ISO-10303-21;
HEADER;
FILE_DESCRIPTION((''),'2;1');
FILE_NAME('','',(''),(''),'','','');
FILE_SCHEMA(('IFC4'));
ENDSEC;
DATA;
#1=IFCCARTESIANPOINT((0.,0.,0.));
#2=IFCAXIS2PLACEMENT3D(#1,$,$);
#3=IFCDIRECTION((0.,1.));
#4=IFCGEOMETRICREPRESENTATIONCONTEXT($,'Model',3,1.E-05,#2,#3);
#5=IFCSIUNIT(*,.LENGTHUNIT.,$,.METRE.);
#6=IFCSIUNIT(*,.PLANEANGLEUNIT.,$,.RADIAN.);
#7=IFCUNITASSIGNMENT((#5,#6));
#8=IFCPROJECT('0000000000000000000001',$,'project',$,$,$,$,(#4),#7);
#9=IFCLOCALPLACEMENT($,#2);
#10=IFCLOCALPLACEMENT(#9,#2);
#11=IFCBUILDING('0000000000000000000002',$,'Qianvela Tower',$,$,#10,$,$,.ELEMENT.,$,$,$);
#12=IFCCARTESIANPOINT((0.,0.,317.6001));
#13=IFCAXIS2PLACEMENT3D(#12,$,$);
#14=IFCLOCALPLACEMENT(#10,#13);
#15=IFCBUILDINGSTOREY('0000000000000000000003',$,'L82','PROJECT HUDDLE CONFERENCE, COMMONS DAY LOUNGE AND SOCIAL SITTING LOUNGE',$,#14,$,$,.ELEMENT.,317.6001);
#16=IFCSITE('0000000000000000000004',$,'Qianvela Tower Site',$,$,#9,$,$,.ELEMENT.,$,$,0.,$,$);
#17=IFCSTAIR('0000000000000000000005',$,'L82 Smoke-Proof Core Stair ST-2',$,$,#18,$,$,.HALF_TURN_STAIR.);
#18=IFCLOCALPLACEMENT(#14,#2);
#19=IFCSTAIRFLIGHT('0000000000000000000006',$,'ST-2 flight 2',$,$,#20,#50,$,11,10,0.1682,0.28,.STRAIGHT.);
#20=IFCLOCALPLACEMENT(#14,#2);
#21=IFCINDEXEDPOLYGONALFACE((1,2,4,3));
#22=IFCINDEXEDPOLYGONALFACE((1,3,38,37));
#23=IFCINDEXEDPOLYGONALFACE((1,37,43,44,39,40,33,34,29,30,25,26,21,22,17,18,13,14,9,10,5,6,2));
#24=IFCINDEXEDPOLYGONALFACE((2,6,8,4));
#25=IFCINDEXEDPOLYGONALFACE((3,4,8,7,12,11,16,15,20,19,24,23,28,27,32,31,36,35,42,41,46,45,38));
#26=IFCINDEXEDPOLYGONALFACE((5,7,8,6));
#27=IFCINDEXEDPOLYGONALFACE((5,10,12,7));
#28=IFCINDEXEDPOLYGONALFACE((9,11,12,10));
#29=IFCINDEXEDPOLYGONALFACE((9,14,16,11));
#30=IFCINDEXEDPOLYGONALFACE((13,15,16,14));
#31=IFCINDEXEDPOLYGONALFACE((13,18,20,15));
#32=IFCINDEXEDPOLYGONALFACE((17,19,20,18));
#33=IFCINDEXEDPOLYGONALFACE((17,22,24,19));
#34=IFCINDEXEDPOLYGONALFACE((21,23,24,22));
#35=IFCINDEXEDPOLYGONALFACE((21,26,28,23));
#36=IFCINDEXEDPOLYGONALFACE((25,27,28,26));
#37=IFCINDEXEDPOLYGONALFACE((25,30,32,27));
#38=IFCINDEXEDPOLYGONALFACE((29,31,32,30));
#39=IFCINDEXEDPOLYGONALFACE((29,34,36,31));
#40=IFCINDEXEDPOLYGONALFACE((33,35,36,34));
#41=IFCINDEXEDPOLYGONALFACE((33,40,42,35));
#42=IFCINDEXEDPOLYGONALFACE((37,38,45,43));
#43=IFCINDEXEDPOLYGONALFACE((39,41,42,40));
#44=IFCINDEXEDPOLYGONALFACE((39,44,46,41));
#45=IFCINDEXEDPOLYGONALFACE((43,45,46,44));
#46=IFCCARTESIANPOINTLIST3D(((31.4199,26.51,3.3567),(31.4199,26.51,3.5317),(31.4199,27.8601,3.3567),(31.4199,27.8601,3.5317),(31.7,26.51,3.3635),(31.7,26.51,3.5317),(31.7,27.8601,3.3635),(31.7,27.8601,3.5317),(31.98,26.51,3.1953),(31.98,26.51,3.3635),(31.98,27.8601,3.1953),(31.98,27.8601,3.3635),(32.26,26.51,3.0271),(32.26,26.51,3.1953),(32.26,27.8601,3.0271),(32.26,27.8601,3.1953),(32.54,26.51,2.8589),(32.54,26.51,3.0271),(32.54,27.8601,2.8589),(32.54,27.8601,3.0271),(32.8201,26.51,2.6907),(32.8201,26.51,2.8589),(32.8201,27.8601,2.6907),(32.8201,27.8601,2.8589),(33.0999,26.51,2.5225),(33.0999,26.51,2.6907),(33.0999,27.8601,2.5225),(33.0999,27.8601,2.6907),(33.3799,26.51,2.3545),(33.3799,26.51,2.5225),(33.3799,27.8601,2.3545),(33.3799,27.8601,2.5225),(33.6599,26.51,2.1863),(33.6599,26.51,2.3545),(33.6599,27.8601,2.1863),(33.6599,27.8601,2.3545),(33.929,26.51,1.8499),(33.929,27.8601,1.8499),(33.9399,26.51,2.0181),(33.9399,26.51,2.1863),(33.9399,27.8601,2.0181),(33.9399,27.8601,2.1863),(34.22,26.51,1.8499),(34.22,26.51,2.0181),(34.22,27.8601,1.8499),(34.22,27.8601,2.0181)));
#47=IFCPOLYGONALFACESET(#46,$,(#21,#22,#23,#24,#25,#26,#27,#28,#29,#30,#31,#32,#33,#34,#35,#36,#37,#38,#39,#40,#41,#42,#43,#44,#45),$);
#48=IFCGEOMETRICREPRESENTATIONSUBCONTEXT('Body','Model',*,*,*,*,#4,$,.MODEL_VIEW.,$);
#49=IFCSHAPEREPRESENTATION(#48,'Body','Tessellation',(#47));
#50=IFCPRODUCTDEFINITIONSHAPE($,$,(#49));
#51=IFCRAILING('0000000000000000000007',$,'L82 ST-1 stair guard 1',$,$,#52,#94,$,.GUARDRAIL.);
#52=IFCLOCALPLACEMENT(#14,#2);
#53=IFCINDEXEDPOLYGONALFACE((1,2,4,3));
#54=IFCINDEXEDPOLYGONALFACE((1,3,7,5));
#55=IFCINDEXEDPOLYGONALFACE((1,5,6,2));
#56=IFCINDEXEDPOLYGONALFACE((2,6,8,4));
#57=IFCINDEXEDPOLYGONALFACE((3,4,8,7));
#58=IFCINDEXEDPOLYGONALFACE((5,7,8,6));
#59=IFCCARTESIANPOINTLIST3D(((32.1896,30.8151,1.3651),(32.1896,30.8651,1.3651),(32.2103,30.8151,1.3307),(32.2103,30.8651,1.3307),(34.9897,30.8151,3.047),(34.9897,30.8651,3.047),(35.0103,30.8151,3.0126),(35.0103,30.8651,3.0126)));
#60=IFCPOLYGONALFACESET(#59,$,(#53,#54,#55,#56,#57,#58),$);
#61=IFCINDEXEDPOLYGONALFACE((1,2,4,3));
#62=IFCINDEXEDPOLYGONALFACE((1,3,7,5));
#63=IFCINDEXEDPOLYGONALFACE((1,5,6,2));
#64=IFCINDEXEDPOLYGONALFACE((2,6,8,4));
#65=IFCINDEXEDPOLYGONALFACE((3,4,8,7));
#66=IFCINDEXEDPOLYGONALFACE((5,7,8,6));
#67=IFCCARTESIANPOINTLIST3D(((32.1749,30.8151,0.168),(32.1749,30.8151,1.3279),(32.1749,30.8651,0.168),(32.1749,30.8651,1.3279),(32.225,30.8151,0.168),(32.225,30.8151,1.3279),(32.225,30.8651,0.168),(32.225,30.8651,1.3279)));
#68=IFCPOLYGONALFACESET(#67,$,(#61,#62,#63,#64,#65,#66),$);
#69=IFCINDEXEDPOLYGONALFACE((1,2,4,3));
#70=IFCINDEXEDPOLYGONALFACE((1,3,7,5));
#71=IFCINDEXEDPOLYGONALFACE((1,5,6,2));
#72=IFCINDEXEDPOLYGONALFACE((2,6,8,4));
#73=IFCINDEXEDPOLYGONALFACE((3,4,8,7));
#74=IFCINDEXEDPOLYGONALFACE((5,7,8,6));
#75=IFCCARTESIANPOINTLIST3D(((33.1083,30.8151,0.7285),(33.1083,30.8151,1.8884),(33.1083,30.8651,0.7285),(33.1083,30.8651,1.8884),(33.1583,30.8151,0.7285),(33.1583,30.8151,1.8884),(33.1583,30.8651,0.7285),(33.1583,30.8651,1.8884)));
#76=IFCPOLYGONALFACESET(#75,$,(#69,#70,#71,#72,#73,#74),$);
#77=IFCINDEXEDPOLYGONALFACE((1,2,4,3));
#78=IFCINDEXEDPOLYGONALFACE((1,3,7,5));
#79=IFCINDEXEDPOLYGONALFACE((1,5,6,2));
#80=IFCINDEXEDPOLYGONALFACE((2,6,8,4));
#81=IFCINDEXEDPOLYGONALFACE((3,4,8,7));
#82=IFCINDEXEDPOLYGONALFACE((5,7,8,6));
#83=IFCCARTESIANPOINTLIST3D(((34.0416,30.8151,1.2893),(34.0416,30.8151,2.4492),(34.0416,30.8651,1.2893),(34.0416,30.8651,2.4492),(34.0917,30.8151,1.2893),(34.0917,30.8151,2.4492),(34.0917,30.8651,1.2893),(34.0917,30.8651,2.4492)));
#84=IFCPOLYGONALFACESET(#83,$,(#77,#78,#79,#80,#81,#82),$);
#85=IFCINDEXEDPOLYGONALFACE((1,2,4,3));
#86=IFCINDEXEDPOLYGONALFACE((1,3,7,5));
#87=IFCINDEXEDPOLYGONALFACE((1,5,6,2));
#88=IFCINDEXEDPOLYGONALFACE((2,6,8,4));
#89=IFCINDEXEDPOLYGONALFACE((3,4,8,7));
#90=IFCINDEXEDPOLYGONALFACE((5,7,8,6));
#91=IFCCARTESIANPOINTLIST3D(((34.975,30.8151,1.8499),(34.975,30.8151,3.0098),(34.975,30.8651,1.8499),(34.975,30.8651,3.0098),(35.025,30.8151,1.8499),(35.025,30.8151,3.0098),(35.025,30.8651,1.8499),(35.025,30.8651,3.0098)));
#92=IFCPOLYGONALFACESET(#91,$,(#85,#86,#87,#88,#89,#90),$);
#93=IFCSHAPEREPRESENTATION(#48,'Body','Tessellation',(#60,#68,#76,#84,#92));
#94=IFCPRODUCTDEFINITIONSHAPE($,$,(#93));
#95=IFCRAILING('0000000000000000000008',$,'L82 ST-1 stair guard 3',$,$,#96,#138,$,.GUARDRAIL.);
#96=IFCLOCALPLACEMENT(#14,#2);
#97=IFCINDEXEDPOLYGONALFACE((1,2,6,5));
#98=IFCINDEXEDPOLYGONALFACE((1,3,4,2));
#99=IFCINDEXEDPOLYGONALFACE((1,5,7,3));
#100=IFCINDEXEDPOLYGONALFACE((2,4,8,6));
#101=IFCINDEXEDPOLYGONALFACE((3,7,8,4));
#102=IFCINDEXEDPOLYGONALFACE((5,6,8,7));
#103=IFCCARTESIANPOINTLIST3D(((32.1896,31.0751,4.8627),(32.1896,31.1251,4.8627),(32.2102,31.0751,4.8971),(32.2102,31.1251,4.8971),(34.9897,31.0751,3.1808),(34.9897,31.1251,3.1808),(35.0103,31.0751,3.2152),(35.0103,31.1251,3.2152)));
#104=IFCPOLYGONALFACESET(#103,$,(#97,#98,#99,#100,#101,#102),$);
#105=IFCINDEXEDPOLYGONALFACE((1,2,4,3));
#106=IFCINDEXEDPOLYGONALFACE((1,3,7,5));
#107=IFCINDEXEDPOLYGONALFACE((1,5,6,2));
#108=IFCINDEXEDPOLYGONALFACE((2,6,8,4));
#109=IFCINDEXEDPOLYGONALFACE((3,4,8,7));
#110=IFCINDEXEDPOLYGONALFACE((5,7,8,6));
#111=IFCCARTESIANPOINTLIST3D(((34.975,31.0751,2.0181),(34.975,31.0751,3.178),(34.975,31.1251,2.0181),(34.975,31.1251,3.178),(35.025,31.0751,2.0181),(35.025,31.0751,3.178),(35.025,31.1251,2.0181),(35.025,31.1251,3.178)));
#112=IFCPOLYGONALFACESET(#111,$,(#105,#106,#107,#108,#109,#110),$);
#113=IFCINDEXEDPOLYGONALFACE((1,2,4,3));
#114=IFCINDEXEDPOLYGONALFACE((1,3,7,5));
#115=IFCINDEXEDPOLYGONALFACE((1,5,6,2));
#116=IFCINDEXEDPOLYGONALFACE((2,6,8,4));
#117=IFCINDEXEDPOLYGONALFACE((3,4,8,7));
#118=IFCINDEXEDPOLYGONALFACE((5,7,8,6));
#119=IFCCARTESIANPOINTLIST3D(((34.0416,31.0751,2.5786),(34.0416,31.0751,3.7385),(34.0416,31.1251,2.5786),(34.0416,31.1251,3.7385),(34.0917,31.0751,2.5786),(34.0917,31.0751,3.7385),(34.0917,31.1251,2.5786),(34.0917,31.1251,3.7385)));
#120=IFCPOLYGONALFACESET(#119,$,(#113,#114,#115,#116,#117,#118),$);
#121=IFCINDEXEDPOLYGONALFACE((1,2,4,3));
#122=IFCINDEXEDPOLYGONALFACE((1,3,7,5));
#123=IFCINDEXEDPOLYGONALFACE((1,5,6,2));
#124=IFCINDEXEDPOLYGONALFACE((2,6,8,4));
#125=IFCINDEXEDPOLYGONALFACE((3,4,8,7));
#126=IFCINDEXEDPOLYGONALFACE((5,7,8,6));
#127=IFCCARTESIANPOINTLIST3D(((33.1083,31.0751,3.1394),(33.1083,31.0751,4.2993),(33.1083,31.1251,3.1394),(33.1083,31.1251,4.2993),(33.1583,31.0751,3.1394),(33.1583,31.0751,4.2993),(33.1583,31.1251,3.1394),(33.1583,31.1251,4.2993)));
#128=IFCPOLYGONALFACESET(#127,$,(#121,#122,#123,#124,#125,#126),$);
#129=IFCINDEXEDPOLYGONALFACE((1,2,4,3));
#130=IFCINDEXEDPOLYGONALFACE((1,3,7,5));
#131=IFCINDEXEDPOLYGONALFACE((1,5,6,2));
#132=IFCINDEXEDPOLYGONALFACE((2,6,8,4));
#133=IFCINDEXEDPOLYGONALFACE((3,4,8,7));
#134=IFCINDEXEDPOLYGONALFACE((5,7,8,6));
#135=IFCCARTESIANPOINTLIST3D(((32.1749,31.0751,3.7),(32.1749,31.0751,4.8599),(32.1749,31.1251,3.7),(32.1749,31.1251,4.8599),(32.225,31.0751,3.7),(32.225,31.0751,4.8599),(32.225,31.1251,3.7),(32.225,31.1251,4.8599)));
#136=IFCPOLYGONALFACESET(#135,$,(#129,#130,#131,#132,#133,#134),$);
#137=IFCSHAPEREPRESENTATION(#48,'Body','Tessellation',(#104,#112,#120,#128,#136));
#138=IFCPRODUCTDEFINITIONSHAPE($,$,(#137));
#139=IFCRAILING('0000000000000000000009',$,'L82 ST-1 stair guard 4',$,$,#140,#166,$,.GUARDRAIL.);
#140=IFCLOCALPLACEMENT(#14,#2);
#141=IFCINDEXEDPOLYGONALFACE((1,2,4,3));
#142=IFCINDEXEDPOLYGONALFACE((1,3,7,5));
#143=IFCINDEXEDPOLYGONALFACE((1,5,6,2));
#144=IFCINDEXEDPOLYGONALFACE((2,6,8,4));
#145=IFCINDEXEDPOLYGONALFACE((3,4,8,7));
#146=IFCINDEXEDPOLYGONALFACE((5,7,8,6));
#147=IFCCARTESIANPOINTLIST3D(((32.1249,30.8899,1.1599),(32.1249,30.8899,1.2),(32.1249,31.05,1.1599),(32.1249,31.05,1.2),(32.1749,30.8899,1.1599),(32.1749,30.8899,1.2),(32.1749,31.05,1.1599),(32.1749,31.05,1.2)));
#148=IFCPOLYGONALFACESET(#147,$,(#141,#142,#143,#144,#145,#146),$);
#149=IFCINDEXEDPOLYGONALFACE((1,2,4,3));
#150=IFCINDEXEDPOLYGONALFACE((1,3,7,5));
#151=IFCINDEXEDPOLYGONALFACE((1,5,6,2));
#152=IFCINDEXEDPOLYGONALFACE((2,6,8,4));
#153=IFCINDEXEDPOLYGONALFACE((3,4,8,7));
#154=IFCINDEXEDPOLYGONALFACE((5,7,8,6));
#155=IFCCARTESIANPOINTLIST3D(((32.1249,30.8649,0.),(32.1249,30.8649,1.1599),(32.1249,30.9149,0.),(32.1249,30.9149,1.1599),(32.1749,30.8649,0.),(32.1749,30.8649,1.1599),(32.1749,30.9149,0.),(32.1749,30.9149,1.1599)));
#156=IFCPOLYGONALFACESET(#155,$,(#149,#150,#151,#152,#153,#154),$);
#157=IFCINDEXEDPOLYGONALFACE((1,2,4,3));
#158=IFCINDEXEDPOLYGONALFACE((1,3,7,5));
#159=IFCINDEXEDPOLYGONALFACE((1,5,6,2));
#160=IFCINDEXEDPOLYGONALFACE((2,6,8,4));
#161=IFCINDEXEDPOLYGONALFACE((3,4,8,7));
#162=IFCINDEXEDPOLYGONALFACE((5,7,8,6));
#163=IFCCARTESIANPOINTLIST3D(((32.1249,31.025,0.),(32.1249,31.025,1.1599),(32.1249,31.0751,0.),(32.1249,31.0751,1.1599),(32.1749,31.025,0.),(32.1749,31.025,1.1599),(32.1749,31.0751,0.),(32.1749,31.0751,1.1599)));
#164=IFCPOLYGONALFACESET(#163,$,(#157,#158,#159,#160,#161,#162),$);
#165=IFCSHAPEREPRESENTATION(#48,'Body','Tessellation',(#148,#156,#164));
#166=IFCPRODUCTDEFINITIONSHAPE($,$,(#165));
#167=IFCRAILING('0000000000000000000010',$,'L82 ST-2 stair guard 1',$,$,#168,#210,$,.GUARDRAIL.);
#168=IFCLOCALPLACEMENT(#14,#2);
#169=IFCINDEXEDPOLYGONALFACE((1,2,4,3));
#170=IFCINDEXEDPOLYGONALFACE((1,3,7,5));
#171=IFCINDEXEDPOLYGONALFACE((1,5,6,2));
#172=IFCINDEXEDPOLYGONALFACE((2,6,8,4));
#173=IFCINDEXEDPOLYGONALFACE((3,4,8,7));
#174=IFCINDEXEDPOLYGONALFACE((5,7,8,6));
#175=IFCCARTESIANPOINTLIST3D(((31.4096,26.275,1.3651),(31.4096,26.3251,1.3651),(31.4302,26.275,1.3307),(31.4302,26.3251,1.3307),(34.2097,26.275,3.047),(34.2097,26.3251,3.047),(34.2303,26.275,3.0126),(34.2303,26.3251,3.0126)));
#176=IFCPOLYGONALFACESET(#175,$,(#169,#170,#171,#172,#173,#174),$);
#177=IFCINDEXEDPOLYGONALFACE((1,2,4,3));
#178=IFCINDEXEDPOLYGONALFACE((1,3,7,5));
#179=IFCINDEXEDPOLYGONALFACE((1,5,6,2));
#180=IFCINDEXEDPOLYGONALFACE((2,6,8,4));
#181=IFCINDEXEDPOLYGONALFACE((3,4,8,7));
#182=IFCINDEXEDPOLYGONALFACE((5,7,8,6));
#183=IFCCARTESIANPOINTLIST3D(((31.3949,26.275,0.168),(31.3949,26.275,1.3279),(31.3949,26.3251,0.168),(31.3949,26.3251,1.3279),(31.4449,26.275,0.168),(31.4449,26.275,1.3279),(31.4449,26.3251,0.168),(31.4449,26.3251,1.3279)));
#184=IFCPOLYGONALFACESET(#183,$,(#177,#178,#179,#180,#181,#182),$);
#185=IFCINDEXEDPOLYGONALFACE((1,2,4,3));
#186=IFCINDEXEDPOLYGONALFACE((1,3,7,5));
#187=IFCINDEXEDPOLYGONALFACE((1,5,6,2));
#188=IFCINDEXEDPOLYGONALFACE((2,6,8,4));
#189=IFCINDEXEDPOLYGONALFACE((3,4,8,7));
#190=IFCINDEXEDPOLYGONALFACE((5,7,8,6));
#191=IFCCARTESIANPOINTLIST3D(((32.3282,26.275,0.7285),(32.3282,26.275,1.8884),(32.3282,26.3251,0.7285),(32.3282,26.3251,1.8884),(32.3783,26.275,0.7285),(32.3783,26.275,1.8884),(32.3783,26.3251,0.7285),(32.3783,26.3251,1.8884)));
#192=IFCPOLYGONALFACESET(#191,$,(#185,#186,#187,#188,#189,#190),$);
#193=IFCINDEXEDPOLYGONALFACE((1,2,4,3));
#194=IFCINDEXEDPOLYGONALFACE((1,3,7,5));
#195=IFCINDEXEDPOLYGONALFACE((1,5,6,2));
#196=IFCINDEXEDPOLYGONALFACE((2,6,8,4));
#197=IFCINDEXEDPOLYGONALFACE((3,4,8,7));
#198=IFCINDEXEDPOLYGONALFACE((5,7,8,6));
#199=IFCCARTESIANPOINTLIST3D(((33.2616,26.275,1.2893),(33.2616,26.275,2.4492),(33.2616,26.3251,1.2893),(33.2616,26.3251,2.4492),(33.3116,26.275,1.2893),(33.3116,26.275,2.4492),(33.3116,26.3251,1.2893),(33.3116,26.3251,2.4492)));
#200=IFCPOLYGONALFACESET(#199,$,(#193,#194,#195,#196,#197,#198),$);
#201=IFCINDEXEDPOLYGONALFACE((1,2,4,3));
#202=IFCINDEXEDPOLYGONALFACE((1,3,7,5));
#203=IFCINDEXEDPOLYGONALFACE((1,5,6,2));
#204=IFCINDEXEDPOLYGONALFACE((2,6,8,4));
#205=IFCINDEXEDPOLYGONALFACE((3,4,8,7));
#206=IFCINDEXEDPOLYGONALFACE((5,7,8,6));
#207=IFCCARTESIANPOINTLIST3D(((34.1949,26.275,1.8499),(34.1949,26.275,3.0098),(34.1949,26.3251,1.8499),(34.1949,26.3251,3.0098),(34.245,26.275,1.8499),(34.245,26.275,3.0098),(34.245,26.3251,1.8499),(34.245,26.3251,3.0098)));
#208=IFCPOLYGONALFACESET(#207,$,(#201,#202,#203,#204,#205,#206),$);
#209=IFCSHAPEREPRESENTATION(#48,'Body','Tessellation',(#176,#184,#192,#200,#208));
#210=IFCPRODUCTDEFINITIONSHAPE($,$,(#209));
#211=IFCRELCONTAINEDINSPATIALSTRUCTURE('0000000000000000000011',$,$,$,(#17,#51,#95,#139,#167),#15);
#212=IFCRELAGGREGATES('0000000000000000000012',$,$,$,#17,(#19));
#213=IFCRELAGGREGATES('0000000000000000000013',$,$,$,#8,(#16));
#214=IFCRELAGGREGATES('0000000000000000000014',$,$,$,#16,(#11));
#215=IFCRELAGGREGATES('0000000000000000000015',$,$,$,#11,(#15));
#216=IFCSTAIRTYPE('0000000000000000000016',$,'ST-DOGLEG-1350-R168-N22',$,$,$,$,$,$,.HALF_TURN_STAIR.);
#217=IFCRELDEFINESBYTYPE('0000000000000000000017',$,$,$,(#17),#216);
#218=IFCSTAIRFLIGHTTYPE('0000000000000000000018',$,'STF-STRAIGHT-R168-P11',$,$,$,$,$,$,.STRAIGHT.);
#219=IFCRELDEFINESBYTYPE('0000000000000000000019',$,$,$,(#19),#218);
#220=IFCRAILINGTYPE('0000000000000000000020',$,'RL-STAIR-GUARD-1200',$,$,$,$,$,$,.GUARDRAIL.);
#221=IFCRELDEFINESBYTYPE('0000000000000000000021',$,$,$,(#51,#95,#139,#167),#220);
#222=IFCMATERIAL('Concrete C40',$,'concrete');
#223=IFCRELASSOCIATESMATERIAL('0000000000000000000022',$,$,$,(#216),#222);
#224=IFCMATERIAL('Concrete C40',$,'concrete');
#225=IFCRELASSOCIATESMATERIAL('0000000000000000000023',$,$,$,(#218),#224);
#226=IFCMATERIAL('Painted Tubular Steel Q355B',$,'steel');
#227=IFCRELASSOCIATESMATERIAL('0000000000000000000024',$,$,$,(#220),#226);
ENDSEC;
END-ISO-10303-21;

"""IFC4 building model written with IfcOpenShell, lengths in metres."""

from ifc_helpers import new_model, si_unit, direction, frame, origin, origin_2d, place, context, subcontext, project, spatial, polyline, rectangle, outline, extrude, material, type_object, element, aggregate, save


model = new_model("IFC4")

# Units and contexts
model_context = context("Model", 3, precision=1e-05, world=origin(), true_north=direction((0.0, 1.0)))
body_context = subcontext(model_context, "Body", "Model", "MODEL_VIEW")
ifc_project = project(units=[si_unit("LENGTHUNIT", "METRE"), si_unit("PLANEANGLEUNIT", "RADIAN")], contexts=[model_context])

# Site, building, storey
site_placement = place(None, origin())
site = spatial("IfcSite", under=ifc_project, at=site_placement, Name="Qianvela Tower Site", CompositionType="ELEMENT", RefElevation=0.0)
building_placement = place(site_placement, origin())
building = spatial("IfcBuilding", under=site, at=building_placement, Name="Qianvela Tower", CompositionType="ELEMENT")
storey_placement = place(building_placement, frame((0.0, 0.0, 317.6001)))
storey = spatial("IfcBuildingStorey", under=building, at=storey_placement, Name="L82", Description="PROJECT HUDDLE CONFERENCE, COMMONS DAY LOUNGE AND SOCIAL SITTING LOUNGE", CompositionType="ELEMENT", Elevation=317.6001)

# Stair, stair flight
ifc_material_1 = material(Name="Concrete C40", Category="concrete")
stair_type = type_object("IfcStairType", Name="ST-DOGLEG-1350-R168-N22", PredefinedType="HALF_TURN_STAIR", material=ifc_material_1)
ifc_material_2 = material(Name="Concrete C40", Category="concrete")
stair_flight_type = type_object("IfcStairFlightType", Name="STF-STRAIGHT-R168-P11", PredefinedType="STRAIGHT", material=ifc_material_2)
stair_1_placement = place(storey_placement, origin())
stair_1 = element("IfcStair", 1, at=stair_1_placement, inside=storey, type_object=stair_type, Name="L82 Smoke-Proof Core Stair ST-2", PredefinedType="HALF_TURN_STAIR")
stair_flight_1_placement = place(storey_placement, frame((34.22, 27.1851, 1.8499), z_axis=(0.0, 0.0, 1.0), x_axis=(-1.0, 0.0, 0.0)))
stair_flight_1 = element("IfcStairFlight", 2, at=stair_flight_1_placement, type_object=stair_flight_type, Name="ST-2 flight 2", NumberOfRisers=11, NumberOfTreads=10, PredefinedType="STRAIGHT", RiserHeight=0.1682, TreadLength=0.28, context=body_context, shape_type="SweptSolid", body=[
    extrude(outline(polyline([(0.0, 0.0), (0.0, 0.1682), (0.28, 0.1682), (0.28, 0.3364), (0.5601, 0.3364), (0.5601, 0.5046), (0.8401, 0.5046), (0.8401, 0.6726), (1.1201, 0.6726), (1.1201, 0.8408), (1.3999, 0.8408), (1.3999, 1.009), (1.6799, 1.009), (1.6799, 1.1772), (1.96, 1.1772), (1.96, 1.3455), (2.24, 1.3455), (2.24, 1.5137), (2.52, 1.5137), (2.52, 1.6819), (2.8, 1.6819), (2.8, 1.8501), (2.8, 1.5068), (0.291, 0.0), (0.0, 0.0)])), frame((0.0, 0.675, 0.0), z_axis=(0.0, -1.0, 0.0), x_axis=(1.0, 0.0, 0.0)), (0.0, 0.0, 1.0), 1.3501),
])
aggregate(stair_1, [stair_flight_1])

# Railings
ifc_material_3 = material(Name="Painted Tubular Steel Q355B", Category="steel")
railing_type_1 = type_object("IfcRailingType", Name="RL-STAIR-GUARD-1200", PredefinedType="GUARDRAIL", material=ifc_material_3)
railing_1_placement = place(storey_placement, frame((32.2, 30.8401, 0.168)))
element("IfcRailing", 3, at=railing_1_placement, inside=storey, type_object=railing_type_1, Name="L82 ST-1 stair guard 1", PredefinedType="GUARDRAIL", context=body_context, shape_type="SweptSolid", body=[
    extrude(rectangle(XDim=0.05, YDim=0.04, at=origin_2d()), frame((0.0, 0.0, 1.1799), z_axis=(0.857242, 0.0, 0.514913), x_axis=(0.0, 1.0, 0.0)), (0.0, 0.0, 1.0), 3.2664),
    extrude(rectangle(XDim=0.05, YDim=0.05, at=origin_2d()), origin(), (0.0, 0.0, 1.0), 1.1599),
    extrude(rectangle(XDim=0.05, YDim=0.05, at=origin_2d()), frame((0.9333, 0.0, 0.5605)), (0.0, 0.0, 1.0), 1.1599),
    extrude(rectangle(XDim=0.05, YDim=0.05, at=origin_2d()), frame((1.8667, 0.0, 1.1213)), (0.0, 0.0, 1.0), 1.1599),
    extrude(rectangle(XDim=0.05, YDim=0.05, at=origin_2d()), frame((2.8, 0.0, 1.6819)), (0.0, 0.0, 1.0), 1.1599),
])
railing_2_placement = place(storey_placement, frame((35.0, 31.1001, 2.0181)))
element("IfcRailing", 4, at=railing_2_placement, inside=storey, type_object=railing_type_1, Name="L82 ST-1 stair guard 3", PredefinedType="GUARDRAIL", context=body_context, shape_type="SweptSolid", body=[
    extrude(rectangle(XDim=0.05, YDim=0.04, at=origin_2d()), frame((0.0, 0.0, 1.1799), z_axis=(-0.857242, 0.0, 0.514913), x_axis=(0.0, -1.0, 0.0)), (0.0, 0.0, 1.0), 3.2664),
    extrude(rectangle(XDim=0.05, YDim=0.05, at=origin_2d()), origin(), (0.0, 0.0, 1.0), 1.1599),
    extrude(rectangle(XDim=0.05, YDim=0.05, at=origin_2d()), frame((-0.9333, 0.0, 0.5605)), (0.0, 0.0, 1.0), 1.1599),
    extrude(rectangle(XDim=0.05, YDim=0.05, at=origin_2d()), frame((-1.8667, 0.0, 1.1213)), (0.0, 0.0, 1.0), 1.1599),
    extrude(rectangle(XDim=0.05, YDim=0.05, at=origin_2d()), frame((-2.8, 0.0, 1.6819)), (0.0, 0.0, 1.0), 1.1599),
])
railing_3_placement = place(storey_placement, frame((32.1499, 30.8899, 0.0)))
element("IfcRailing", 5, at=railing_3_placement, inside=storey, type_object=railing_type_1, Name="L82 ST-1 stair guard 4", PredefinedType="GUARDRAIL", context=body_context, shape_type="SweptSolid", body=[
    extrude(rectangle(XDim=0.05, YDim=0.04, at=origin_2d()), frame((0.0, 0.0, 1.1799), z_axis=(0.0, 1.0, 0.0), x_axis=(-1.0, 0.0, 0.0)), (0.0, 0.0, 1.0), 0.1602),
    extrude(rectangle(XDim=0.05, YDim=0.05, at=origin_2d()), origin(), (0.0, 0.0, 1.0), 1.1599),
    extrude(rectangle(XDim=0.05, YDim=0.05, at=origin_2d()), frame((0.0, 0.1602, 0.0)), (0.0, 0.0, 1.0), 1.1599),
])
railing_4_placement = place(storey_placement, frame((31.4199, 26.3, 0.168)))
element("IfcRailing", 6, at=railing_4_placement, inside=storey, type_object=railing_type_1, Name="L82 ST-2 stair guard 1", PredefinedType="GUARDRAIL", context=body_context, shape_type="SweptSolid", body=[
    extrude(rectangle(XDim=0.05, YDim=0.04, at=origin_2d()), frame((0.0, 0.0, 1.1799), z_axis=(0.857242, 0.0, 0.514913), x_axis=(0.0, 1.0, 0.0)), (0.0, 0.0, 1.0), 3.2664),
    extrude(rectangle(XDim=0.05, YDim=0.05, at=origin_2d()), origin(), (0.0, 0.0, 1.0), 1.1599),
    extrude(rectangle(XDim=0.05, YDim=0.05, at=origin_2d()), frame((0.9333, 0.0, 0.5605)), (0.0, 0.0, 1.0), 1.1599),
    extrude(rectangle(XDim=0.05, YDim=0.05, at=origin_2d()), frame((1.8667, 0.0, 1.1213)), (0.0, 0.0, 1.0), 1.1599),
    extrude(rectangle(XDim=0.05, YDim=0.05, at=origin_2d()), frame((2.8, 0.0, 1.6819)), (0.0, 0.0, 1.0), 1.1599),
])

save(model, "model.ifc")
